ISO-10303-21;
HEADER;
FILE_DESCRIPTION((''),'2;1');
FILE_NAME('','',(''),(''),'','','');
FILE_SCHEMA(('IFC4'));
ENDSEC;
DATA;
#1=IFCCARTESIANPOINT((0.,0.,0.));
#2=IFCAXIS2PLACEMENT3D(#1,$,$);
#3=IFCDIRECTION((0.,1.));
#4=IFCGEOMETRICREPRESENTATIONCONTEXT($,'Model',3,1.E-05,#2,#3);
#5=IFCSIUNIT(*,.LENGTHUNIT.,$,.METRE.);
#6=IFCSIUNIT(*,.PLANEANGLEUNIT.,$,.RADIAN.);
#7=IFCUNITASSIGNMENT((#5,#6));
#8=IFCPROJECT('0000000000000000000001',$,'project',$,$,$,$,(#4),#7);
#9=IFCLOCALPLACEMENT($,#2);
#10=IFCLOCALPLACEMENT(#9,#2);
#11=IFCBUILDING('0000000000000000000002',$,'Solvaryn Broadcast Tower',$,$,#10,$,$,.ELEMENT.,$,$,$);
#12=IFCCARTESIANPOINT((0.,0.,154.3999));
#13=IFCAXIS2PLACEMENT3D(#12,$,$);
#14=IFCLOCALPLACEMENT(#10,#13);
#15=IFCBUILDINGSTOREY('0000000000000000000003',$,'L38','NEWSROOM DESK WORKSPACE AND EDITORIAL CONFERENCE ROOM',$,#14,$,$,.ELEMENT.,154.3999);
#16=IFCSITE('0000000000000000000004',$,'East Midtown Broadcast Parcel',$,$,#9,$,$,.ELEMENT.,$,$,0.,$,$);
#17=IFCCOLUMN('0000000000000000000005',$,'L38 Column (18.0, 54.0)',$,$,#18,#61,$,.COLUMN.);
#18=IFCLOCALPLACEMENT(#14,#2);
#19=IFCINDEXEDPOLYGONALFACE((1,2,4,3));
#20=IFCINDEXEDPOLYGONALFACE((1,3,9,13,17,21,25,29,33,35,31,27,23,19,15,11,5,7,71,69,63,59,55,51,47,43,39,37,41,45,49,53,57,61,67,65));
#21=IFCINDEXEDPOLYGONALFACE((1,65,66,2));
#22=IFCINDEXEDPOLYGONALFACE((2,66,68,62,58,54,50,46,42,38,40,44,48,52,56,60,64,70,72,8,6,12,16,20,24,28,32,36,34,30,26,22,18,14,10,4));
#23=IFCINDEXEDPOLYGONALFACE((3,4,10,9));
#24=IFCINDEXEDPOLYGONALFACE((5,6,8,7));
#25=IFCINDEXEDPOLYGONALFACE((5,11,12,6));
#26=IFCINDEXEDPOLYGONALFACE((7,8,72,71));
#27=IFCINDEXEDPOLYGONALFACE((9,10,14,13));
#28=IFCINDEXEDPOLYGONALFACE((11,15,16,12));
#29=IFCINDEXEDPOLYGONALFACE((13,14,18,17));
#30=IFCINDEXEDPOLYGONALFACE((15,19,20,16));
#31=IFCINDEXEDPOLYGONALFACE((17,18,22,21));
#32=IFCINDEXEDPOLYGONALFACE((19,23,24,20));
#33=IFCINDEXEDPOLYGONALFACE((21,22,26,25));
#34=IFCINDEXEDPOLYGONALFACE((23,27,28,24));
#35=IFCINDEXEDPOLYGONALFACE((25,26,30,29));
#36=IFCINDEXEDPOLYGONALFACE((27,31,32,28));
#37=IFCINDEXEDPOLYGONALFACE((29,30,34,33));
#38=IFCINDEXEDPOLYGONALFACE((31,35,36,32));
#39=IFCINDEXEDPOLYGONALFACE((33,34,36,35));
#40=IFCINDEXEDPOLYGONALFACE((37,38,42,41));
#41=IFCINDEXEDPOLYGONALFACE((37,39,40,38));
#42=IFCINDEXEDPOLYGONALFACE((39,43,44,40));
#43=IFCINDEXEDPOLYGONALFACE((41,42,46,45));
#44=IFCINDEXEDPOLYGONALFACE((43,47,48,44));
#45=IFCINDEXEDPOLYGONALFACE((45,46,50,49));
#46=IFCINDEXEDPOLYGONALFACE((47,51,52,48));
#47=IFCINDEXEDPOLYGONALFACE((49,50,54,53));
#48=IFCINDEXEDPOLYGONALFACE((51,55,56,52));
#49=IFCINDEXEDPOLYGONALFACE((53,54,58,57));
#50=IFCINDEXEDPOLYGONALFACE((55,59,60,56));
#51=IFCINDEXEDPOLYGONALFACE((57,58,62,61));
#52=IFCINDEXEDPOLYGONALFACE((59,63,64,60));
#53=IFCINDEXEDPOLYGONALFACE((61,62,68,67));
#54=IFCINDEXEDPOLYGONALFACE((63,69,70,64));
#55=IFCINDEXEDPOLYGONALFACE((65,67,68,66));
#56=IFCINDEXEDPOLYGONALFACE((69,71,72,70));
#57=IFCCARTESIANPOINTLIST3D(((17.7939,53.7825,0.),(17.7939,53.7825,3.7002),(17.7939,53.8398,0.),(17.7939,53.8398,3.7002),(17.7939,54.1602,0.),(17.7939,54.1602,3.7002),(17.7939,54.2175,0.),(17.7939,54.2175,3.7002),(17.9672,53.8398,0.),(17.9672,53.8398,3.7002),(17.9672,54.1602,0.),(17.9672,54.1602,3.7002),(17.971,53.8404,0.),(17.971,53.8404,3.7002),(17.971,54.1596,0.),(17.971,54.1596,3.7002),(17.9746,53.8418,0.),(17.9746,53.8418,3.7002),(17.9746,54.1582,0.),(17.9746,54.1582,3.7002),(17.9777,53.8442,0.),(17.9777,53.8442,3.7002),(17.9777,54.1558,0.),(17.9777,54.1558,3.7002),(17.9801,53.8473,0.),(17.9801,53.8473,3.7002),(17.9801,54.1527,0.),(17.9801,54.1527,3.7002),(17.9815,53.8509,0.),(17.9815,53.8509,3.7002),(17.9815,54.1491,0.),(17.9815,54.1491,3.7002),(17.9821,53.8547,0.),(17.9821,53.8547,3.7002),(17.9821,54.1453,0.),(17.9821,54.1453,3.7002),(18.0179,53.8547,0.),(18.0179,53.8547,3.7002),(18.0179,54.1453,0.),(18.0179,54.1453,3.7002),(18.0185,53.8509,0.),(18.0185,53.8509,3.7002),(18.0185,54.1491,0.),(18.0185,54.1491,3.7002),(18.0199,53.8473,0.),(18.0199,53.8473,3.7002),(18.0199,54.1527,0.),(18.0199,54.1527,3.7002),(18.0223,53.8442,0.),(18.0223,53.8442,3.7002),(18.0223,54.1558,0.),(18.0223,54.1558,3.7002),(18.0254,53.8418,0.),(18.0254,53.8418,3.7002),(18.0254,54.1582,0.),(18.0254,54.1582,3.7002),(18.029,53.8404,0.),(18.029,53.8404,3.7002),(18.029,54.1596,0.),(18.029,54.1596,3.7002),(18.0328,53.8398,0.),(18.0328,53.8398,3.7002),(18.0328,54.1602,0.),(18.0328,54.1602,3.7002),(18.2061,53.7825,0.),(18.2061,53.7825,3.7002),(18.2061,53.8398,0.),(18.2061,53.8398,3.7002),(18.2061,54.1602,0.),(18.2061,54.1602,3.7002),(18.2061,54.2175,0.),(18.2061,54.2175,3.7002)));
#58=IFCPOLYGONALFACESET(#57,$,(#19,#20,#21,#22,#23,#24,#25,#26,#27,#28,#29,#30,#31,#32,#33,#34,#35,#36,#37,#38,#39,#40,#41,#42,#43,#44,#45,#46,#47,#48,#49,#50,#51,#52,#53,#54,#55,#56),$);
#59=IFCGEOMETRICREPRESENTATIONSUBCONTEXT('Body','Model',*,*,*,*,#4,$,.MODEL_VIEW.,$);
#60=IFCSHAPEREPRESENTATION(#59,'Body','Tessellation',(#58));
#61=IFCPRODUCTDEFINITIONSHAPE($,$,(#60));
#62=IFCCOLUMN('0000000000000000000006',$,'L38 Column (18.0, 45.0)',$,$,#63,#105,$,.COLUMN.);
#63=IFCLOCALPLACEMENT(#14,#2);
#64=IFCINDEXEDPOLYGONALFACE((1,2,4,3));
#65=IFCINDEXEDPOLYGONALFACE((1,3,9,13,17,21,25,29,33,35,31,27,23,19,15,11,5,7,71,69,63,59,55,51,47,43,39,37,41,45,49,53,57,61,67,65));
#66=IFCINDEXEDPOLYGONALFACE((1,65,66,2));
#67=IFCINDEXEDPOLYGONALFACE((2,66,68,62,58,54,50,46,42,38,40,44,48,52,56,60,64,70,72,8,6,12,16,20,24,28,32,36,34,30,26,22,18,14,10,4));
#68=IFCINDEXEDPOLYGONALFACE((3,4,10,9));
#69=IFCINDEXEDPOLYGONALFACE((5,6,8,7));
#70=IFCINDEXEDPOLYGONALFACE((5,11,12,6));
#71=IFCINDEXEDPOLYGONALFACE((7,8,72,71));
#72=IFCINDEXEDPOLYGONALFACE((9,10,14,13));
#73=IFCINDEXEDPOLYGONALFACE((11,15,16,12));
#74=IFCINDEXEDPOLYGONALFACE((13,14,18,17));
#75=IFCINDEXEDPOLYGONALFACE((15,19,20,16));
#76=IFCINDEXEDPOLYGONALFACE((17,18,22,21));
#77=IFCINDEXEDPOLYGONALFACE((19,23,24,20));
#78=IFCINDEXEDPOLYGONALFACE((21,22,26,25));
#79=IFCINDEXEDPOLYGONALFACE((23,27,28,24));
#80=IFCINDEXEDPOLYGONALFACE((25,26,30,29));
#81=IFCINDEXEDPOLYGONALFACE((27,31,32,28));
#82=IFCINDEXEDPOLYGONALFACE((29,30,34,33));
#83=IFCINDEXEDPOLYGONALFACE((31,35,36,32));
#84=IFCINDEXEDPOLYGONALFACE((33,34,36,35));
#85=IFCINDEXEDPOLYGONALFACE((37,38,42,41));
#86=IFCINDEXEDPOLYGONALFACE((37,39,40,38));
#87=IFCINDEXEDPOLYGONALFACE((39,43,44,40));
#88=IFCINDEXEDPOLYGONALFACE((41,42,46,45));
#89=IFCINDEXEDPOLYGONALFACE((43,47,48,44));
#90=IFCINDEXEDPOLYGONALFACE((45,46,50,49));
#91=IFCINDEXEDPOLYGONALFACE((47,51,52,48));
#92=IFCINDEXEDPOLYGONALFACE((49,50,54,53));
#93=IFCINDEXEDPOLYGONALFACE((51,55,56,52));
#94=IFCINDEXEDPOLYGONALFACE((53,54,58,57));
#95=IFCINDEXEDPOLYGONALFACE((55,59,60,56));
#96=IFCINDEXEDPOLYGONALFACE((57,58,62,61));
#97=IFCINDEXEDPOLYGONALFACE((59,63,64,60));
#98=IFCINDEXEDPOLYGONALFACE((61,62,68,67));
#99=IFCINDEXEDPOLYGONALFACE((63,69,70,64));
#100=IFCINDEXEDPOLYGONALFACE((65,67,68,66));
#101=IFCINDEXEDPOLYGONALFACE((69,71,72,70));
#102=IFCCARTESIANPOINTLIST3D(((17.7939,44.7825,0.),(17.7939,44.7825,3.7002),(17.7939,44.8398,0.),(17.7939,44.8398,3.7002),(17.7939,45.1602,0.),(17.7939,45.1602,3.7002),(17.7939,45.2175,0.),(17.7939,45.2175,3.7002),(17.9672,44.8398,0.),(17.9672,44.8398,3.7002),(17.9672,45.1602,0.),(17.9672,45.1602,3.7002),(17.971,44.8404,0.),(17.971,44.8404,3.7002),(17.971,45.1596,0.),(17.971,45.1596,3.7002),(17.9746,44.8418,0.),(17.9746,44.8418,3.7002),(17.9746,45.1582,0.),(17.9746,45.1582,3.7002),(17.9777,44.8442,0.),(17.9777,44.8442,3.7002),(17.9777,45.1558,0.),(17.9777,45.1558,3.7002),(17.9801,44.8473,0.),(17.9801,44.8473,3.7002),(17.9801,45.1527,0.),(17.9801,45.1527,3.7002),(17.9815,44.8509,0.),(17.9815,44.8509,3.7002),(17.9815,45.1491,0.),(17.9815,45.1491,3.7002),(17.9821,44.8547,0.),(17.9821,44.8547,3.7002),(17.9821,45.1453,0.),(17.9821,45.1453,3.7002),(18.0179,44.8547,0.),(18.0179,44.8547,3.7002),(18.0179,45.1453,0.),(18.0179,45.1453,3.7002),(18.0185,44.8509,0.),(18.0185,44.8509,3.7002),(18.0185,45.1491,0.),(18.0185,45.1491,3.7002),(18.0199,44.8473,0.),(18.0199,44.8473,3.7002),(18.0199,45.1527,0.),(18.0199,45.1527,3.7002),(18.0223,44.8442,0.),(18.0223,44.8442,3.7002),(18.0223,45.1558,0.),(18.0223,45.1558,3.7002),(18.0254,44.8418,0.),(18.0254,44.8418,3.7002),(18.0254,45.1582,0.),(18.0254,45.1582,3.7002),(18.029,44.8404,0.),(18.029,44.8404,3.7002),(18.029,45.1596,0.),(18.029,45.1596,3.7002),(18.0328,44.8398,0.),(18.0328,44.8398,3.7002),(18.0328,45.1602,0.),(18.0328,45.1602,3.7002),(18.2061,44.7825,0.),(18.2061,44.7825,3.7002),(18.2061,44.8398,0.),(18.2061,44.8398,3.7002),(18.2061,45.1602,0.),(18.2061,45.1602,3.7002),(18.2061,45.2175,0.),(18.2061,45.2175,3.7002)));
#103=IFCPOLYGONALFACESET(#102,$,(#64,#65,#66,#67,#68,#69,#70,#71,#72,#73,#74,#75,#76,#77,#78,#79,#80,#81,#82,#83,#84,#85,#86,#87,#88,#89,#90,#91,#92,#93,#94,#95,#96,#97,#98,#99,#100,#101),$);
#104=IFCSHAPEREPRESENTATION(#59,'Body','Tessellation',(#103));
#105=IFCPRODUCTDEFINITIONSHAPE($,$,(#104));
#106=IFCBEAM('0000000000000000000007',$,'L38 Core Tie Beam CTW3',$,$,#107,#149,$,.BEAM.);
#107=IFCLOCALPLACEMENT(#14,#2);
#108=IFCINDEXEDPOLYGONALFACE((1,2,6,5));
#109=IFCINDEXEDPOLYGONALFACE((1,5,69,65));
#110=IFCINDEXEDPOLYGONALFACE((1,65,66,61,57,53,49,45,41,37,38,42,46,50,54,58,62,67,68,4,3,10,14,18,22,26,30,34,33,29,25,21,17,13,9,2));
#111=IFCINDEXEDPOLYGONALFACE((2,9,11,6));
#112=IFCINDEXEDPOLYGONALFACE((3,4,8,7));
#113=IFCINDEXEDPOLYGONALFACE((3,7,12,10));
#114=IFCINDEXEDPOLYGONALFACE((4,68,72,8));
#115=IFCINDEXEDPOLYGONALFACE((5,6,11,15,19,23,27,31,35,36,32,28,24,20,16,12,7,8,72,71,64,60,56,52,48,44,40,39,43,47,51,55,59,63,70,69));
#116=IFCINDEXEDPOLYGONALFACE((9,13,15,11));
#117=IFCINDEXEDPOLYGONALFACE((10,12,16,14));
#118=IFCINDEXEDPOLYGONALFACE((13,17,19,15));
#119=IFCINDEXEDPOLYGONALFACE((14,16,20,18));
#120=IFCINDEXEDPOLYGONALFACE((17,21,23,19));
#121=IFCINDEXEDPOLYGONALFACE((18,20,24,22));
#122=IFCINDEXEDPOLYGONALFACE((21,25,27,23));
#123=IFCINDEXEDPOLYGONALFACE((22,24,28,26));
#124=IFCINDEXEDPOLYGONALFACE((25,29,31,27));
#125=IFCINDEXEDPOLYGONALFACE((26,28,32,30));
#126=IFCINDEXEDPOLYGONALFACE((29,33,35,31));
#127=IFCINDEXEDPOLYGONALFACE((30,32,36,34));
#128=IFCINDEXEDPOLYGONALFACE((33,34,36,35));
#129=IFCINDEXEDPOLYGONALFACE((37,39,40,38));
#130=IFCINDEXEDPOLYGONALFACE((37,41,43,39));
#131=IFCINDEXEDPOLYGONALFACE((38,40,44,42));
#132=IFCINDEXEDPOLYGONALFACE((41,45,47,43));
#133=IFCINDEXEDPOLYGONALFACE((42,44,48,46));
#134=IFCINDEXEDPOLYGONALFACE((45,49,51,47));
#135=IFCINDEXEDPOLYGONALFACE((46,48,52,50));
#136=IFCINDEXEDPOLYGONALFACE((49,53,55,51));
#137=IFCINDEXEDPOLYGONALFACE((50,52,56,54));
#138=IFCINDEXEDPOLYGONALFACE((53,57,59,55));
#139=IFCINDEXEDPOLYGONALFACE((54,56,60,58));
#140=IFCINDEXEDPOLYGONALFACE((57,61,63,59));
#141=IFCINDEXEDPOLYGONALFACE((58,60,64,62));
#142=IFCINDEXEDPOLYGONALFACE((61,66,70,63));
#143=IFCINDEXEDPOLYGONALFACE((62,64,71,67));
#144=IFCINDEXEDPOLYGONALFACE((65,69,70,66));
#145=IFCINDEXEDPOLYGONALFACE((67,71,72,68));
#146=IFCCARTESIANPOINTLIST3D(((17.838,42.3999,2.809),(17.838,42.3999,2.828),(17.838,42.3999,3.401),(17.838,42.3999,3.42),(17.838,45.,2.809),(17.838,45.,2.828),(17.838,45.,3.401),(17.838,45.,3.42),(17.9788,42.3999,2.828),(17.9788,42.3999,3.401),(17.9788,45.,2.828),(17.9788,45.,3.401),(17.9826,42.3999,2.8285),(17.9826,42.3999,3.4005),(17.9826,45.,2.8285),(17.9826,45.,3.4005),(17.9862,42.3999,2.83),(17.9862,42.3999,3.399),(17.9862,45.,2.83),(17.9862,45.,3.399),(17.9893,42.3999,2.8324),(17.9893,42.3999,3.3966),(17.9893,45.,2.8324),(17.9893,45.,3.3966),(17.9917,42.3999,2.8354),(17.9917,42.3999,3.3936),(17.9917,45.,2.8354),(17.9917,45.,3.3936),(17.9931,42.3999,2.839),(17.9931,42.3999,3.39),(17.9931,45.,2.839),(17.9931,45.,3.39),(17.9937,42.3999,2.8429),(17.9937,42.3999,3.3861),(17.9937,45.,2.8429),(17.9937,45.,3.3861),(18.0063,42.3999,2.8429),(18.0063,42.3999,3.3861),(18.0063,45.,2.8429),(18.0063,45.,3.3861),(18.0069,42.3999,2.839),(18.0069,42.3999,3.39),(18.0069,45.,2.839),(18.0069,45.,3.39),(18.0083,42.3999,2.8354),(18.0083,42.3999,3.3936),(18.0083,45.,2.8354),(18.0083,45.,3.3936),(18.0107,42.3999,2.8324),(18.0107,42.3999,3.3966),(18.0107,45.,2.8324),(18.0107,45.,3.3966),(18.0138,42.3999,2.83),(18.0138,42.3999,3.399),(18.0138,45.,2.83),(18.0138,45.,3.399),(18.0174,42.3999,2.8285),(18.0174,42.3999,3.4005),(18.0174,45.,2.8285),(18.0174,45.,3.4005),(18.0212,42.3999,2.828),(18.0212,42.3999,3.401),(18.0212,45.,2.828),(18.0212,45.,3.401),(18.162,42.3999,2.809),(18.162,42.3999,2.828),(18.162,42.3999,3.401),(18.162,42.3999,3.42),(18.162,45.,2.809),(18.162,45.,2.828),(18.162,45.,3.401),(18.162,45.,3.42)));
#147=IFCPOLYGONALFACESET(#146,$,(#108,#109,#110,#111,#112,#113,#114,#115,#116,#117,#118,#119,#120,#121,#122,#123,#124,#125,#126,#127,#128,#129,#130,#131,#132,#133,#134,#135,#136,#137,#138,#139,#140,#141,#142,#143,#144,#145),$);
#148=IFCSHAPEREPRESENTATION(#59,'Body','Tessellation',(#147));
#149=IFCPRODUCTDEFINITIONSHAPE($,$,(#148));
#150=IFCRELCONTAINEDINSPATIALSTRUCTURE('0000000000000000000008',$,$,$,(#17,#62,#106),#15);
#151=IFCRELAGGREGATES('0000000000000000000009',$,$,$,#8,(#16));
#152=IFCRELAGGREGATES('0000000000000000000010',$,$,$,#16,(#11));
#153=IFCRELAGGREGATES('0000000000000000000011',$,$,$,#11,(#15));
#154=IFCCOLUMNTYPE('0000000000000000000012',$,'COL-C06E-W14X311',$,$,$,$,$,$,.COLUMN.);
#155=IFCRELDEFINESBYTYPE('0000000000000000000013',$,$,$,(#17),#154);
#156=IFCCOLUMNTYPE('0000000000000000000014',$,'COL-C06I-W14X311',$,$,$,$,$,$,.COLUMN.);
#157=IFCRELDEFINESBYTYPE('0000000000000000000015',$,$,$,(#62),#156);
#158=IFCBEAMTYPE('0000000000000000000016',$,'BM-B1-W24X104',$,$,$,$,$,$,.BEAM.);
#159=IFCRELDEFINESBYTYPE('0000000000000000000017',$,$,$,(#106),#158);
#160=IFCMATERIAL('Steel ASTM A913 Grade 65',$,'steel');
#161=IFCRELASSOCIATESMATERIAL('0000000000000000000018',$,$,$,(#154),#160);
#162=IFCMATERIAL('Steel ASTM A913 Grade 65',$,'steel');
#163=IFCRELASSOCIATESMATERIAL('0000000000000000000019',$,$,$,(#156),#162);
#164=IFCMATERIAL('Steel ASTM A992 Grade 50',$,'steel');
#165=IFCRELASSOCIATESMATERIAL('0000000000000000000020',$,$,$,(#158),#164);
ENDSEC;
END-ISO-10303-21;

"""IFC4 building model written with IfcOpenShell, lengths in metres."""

from ifc_helpers import new_model, si_unit, direction, frame, origin, origin_2d, place, context, subcontext, project, spatial, i_section, extrude, material, material_profile, profile_set, type_object, element, save


model = new_model("IFC4")

# Units and contexts
model_context = context("Model", 3, precision=1e-05, world=origin(), true_north=direction((0.0, 1.0)))
body_context = subcontext(model_context, "Body", "Model", "MODEL_VIEW")
ifc_project = project(units=[si_unit("LENGTHUNIT", "METRE"), si_unit("PLANEANGLEUNIT", "RADIAN")], contexts=[model_context])

# Site, building, storey
site_placement = place(None, origin())
site = spatial("IfcSite", under=ifc_project, at=site_placement, Name="East Midtown Broadcast Parcel", CompositionType="ELEMENT", RefElevation=0.0)
building_placement = place(site_placement, origin())
building = spatial("IfcBuilding", under=site, at=building_placement, Name="Solvaryn Broadcast Tower", CompositionType="ELEMENT")
storey_placement = place(building_placement, frame((0.0, 0.0, 154.3999)))
storey = spatial("IfcBuildingStorey", under=building, at=storey_placement, Name="L38", Description="NEWSROOM DESK WORKSPACE AND EDITORIAL CONFERENCE ROOM", CompositionType="ELEMENT", Elevation=154.3999)

# Columns
ifc_material_1 = material(Name="Steel ASTM A913 Grade 65", Category="steel")
ifc_material_profile_1 = material_profile(ifc_material_1, i_section(OverallWidth=0.4121, OverallDepth=0.4351, WebThickness=0.0359, FlangeThickness=0.0574, FilletRadius=0.0149, at=origin_2d()))
ifc_profile_set_1 = profile_set([ifc_material_profile_1], Name="Steel ASTM A913 Grade 65")
column_type_1 = type_object("IfcColumnType", Name="COL-C06E-W14X311", PredefinedType="COLUMN", material=ifc_profile_set_1)
column_1_placement = place(storey_placement, frame((18.0, 54.0, 0.0), z_axis=(0.0, 0.0, 1.0), x_axis=(1.0, 0.0, 0.0)))
element("IfcColumn", 1, at=column_1_placement, inside=storey, type_object=column_type_1, Name="L38 Column (18.0, 54.0)", PredefinedType="COLUMN", context=body_context, shape_type="SweptSolid", body=[
    extrude(i_section(OverallWidth=0.4121, OverallDepth=0.4351, WebThickness=0.0359, FlangeThickness=0.0574, FilletRadius=0.0149, at=origin_2d()), origin(), (0.0, 0.0, 1.0), 3.7002),
])
ifc_material_2 = material(Name="Steel ASTM A913 Grade 65", Category="steel")
ifc_material_profile_2 = material_profile(ifc_material_2, i_section(OverallWidth=0.4121, OverallDepth=0.4351, WebThickness=0.0359, FlangeThickness=0.0574, FilletRadius=0.0149, at=origin_2d()))
ifc_profile_set_2 = profile_set([ifc_material_profile_2], Name="Steel ASTM A913 Grade 65")
column_type_2 = type_object("IfcColumnType", Name="COL-C06I-W14X311", PredefinedType="COLUMN", material=ifc_profile_set_2)
column_2_placement = place(storey_placement, frame((18.0, 45.0, 0.0), z_axis=(0.0, 0.0, 1.0), x_axis=(1.0, 0.0, 0.0)))
element("IfcColumn", 2, at=column_2_placement, inside=storey, type_object=column_type_2, Name="L38 Column (18.0, 45.0)", PredefinedType="COLUMN", context=body_context, shape_type="SweptSolid", body=[
    extrude(i_section(OverallWidth=0.4121, OverallDepth=0.4351, WebThickness=0.0359, FlangeThickness=0.0574, FilletRadius=0.0149, at=origin_2d()), origin(), (0.0, 0.0, 1.0), 3.7002),
])

# Beam
ifc_material_3 = material(Name="Steel ASTM A992 Grade 50", Category="steel")
ifc_material_profile_3 = material_profile(ifc_material_3, i_section(OverallWidth=0.324, OverallDepth=0.6111, WebThickness=0.0127, FlangeThickness=0.019, FilletRadius=0.0149, at=origin_2d()))
ifc_profile_set_3 = profile_set([ifc_material_profile_3], Name="Steel ASTM A992 Grade 50")
beam_type_1 = type_object("IfcBeamType", Name="BM-B1-W24X104", PredefinedType="BEAM", material=ifc_profile_set_3)
beam_1_placement = place(storey_placement, frame((18.0, 42.3999, 3.1145), z_axis=(0.0, 1.0, 0.0), x_axis=(-1.0, 0.0, 0.0)))
element("IfcBeam", 3, at=beam_1_placement, inside=storey, type_object=beam_type_1, Name="L38 Core Tie Beam CTW3", PredefinedType="BEAM", context=body_context, shape_type="SweptSolid", body=[
    extrude(i_section(OverallWidth=0.324, OverallDepth=0.6111, WebThickness=0.0127, FlangeThickness=0.019, FilletRadius=0.0149, at=origin_2d()), origin(), (0.0, 0.0, 1.0), 2.6001),
])

save(model, "model.ifc")
